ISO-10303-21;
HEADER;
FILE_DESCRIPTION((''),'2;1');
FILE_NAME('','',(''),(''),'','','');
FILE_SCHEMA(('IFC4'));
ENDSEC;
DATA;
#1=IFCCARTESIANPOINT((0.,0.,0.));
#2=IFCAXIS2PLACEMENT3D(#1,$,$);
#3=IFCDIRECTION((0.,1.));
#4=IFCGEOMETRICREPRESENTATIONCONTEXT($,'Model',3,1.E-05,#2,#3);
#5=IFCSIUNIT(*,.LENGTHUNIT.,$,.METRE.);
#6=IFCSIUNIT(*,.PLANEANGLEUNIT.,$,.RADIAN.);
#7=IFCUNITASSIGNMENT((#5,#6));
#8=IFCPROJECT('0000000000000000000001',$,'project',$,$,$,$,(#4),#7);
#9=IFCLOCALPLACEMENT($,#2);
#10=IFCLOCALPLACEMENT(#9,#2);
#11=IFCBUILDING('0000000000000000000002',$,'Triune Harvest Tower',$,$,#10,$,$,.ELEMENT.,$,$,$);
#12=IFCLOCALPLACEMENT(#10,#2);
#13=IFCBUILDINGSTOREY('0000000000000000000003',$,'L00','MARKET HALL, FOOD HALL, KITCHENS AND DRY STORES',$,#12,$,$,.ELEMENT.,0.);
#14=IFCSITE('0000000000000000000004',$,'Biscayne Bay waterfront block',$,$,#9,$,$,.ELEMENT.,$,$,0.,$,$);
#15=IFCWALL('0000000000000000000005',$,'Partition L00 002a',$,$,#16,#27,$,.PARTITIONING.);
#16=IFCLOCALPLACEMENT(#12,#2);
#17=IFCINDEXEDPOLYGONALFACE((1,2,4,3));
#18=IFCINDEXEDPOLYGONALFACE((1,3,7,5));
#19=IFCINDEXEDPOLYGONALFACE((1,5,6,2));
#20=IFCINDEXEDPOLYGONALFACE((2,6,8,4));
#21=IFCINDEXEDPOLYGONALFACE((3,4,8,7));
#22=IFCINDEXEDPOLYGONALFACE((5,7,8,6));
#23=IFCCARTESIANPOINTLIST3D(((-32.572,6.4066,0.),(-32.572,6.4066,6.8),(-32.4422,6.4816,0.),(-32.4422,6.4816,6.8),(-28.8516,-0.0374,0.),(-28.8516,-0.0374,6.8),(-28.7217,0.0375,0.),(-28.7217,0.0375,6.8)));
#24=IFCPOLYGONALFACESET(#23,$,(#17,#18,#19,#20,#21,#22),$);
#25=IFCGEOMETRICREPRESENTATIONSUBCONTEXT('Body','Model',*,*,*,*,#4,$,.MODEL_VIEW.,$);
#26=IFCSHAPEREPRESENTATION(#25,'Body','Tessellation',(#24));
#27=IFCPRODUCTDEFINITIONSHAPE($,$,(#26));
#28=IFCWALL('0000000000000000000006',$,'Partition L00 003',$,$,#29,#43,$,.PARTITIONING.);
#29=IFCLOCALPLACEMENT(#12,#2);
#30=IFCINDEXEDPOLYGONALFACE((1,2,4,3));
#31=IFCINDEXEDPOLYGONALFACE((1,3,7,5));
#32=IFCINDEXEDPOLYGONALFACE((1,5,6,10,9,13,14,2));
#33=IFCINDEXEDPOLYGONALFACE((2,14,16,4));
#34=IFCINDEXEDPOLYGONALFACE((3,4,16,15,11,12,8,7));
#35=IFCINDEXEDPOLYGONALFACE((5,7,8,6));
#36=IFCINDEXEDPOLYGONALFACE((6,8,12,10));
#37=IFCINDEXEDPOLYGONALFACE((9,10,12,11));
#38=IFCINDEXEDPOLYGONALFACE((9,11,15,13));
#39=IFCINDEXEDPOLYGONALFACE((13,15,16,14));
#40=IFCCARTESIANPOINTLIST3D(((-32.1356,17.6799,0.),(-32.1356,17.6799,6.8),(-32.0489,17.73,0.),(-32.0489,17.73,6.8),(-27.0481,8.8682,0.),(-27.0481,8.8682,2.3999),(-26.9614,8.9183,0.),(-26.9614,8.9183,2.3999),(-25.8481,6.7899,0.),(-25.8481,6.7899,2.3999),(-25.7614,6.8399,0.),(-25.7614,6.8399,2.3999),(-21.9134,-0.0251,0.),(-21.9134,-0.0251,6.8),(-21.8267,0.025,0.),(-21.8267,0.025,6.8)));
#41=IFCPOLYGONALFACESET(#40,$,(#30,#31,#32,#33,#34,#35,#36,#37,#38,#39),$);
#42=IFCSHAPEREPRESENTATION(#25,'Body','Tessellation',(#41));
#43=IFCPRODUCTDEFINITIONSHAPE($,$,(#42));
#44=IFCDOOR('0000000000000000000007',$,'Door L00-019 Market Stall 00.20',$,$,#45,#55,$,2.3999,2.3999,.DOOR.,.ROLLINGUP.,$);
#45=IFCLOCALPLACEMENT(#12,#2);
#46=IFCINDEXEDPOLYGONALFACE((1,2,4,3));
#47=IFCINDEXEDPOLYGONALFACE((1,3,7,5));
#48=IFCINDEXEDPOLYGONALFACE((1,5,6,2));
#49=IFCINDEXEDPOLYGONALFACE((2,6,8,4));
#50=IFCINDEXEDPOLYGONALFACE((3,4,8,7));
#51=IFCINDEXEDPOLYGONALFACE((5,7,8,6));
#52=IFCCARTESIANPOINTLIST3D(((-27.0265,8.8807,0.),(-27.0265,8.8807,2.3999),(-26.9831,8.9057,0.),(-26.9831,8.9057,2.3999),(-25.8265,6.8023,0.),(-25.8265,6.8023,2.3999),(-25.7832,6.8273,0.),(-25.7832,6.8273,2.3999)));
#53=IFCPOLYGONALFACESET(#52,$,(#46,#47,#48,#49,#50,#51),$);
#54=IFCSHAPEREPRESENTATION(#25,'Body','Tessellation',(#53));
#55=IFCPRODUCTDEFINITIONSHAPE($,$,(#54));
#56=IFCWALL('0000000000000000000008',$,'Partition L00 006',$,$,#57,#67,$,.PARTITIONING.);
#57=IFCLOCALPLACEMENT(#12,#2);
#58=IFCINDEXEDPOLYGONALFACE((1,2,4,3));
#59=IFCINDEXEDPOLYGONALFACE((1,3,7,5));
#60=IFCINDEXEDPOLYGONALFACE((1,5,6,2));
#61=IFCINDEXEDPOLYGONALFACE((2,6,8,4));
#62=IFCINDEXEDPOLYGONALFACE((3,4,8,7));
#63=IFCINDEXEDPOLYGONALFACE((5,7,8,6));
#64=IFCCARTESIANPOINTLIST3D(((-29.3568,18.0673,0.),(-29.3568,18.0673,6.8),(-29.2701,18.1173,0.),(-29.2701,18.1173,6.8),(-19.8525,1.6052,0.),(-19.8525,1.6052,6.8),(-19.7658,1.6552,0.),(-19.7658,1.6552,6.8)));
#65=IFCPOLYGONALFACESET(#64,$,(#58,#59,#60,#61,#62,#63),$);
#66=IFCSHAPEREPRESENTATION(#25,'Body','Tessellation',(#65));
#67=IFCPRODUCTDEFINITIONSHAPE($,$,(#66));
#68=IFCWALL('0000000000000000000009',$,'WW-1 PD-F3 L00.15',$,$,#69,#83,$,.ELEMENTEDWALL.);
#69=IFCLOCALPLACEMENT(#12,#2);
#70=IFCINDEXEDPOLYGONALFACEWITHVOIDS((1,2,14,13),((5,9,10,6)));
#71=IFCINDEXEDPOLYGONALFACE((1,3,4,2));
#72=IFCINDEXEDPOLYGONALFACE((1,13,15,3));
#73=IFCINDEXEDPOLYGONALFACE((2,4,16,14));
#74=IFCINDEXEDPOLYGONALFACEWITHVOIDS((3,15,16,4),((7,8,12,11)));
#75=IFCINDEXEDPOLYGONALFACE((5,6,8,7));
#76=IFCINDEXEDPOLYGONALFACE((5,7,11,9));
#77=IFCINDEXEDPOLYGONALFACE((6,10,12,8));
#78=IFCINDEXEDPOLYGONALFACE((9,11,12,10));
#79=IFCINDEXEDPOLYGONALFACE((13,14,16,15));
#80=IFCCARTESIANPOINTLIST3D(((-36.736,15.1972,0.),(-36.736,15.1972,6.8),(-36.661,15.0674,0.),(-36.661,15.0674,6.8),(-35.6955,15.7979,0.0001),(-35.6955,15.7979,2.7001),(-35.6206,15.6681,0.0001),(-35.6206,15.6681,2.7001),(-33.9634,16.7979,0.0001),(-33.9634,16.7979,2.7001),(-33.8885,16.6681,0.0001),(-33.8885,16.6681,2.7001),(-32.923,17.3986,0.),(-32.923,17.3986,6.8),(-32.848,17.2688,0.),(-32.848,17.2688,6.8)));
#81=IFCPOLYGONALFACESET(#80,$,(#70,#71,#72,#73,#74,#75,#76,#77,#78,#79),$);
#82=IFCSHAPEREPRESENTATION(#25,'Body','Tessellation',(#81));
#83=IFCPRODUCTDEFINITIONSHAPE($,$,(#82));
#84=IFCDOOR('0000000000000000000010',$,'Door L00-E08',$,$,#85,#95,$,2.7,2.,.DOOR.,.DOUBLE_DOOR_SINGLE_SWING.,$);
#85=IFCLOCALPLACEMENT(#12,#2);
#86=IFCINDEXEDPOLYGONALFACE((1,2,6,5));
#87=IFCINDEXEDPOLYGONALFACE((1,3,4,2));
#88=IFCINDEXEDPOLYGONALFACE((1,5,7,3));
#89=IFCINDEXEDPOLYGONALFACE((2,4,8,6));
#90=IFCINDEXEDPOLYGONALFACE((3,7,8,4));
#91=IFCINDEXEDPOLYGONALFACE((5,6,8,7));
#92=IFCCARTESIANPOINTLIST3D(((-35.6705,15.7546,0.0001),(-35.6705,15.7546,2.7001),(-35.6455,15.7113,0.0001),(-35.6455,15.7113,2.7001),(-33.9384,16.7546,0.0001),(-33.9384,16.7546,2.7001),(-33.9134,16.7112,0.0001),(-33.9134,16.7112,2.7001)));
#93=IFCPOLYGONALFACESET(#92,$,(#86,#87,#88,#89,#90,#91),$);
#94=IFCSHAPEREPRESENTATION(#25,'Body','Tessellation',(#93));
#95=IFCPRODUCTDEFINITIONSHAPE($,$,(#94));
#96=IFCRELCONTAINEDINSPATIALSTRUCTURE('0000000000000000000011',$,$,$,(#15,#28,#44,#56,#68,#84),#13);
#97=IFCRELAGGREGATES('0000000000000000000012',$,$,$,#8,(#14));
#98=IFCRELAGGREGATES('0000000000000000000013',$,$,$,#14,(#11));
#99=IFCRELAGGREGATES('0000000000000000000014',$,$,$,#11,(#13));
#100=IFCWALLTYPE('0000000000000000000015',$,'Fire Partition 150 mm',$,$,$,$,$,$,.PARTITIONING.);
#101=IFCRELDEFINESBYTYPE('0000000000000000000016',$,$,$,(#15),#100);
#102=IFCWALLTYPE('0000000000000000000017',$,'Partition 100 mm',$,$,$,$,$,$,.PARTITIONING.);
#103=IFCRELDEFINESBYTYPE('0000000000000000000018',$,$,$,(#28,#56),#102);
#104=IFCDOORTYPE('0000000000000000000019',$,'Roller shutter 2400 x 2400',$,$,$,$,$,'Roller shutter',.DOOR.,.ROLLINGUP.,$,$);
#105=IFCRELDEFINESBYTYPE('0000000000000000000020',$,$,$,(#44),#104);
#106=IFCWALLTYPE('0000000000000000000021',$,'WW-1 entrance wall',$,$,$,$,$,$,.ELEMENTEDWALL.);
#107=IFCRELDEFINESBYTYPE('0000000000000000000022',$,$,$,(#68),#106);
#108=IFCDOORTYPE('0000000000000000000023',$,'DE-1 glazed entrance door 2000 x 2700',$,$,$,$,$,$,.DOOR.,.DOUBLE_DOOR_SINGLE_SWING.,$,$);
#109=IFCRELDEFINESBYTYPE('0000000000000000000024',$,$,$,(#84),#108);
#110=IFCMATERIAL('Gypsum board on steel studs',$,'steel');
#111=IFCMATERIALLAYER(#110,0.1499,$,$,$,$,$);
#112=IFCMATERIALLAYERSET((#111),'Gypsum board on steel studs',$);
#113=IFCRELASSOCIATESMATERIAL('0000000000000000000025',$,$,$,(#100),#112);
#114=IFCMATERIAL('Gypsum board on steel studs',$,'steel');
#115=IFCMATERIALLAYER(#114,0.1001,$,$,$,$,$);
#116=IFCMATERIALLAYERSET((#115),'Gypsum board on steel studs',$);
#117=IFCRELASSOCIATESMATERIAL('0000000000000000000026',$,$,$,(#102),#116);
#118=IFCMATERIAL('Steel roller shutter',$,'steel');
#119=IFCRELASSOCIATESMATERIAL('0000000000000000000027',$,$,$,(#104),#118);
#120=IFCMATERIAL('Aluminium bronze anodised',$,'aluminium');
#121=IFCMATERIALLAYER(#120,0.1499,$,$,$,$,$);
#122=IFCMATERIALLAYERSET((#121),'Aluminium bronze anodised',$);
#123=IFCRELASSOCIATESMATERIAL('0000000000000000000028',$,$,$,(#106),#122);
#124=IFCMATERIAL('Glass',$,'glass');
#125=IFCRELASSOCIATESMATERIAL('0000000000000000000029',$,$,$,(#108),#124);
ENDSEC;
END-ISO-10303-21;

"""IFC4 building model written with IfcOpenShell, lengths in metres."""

from ifc_helpers import new_model, si_unit, direction, frame, frame_2d, origin, place, context, subcontext, project, spatial, rectangle, extrude, source, transform, mapped, material, layer, layer_set, type_object, element, fill, save


model = new_model("IFC4")

# Units and contexts
model_context = context("Model", 3, precision=1e-05, world=origin(), true_north=direction((0.0, 1.0)))
body_context = subcontext(model_context, "Body", "Model", "MODEL_VIEW")
ifc_project = project(units=[si_unit("LENGTHUNIT", "METRE"), si_unit("PLANEANGLEUNIT", "RADIAN")], contexts=[model_context])

# Site, building, storey
site_placement = place(None, origin())
site = spatial("IfcSite", under=ifc_project, at=site_placement, Name="Biscayne Bay waterfront block", CompositionType="ELEMENT", RefElevation=0.0)
building_placement = place(site_placement, origin())
building = spatial("IfcBuilding", under=site, at=building_placement, Name="Triune Harvest Tower", CompositionType="ELEMENT")
storey_placement = place(building_placement, origin())
storey = spatial("IfcBuildingStorey", under=building, at=storey_placement, Name="L00", Description="MARKET HALL, FOOD HALL, KITCHENS AND DRY STORES", CompositionType="ELEMENT", Elevation=0.0)

# Shared definitions
ifc_material_1 = material(Name="Gypsum board on steel studs", Category="steel")
ifc_layer_1 = layer(ifc_material_1, 0.1499)
ifc_layer_set_1 = layer_set([ifc_layer_1], Name="Gypsum board on steel studs")
wall_type_1 = type_object("IfcWallType", Name="Fire Partition 150 mm", PredefinedType="PARTITIONING", material=ifc_layer_set_1)

# Wall
wall_1_placement = place(storey_placement, frame((-32.5071, 6.4441, 0.0), z_axis=(0.0, 0.0, 1.0), x_axis=(0.499996, -0.866028, 0.0)))
element("IfcWall", 1, at=wall_1_placement, inside=storey, type_object=wall_type_1, Name="Partition L00 002a", PredefinedType="PARTITIONING", context=body_context, shape_type="SweptSolid", body=[
    extrude(rectangle(XDim=7.4409, YDim=0.1499, at=frame_2d((3.7205, 0.0))), origin(), (0.0, 0.0, 1.0), 6.8),
])

# Wall, opening, door
ifc_material_2 = material(Name="Gypsum board on steel studs", Category="steel")
ifc_layer_2 = layer(ifc_material_2, 0.1001)
ifc_layer_set_2 = layer_set([ifc_layer_2], Name="Gypsum board on steel studs")
wall_type_2 = type_object("IfcWallType", Name="Partition 100 mm", PredefinedType="PARTITIONING", material=ifc_layer_set_2)
wall_2_placement = place(storey_placement, frame((-32.0923, 17.7051, 0.0), z_axis=(0.0, 0.0, 1.0), x_axis=(0.500005, -0.866023, 0.0)))
wall_2 = element("IfcWall", 2, at=wall_2_placement, inside=storey, type_object=wall_type_2, Name="Partition L00 003", PredefinedType="PARTITIONING", context=body_context, shape_type="SweptSolid", body=[
    extrude(rectangle(XDim=20.4441, YDim=0.1001, at=frame_2d((10.2222, 0.0))), origin(), (0.0, 0.0, 1.0), 6.8),
])
opening_1_placement = place(wall_2_placement, frame((10.175, 0.0, 0.0)))
opening_1 = element("IfcOpeningElement", 3, at=opening_1_placement, cuts=wall_2, PredefinedType="OPENING", context=body_context, shape_type="SweptSolid", body=[
    extrude(rectangle(XDim=2.3999, YDim=2.3999, at=frame_2d((1.2, 1.2))), frame((0.0, 0.0601, 0.0), z_axis=(0.0, -1.0, 0.0), x_axis=(1.0, 0.0, 0.0)), (0.0, 0.0, 1.0), 0.1201),
])
ifc_material_3 = material(Name="Steel roller shutter", Category="steel")
door_type_1 = type_object("IfcDoorType", Name="Roller shutter 2400 x 2400", ElementType="Roller shutter", OperationType="ROLLINGUP", PredefinedType="DOOR", material=ifc_material_3)
door_1_placement = place(opening_1_placement, origin())
door_1 = element("IfcDoor", 4, at=door_1_placement, inside=storey, type_object=door_type_1, Name="Door L00-019 Market Stall 00.20", OperationType="ROLLINGUP", OverallHeight=2.3999, OverallWidth=2.3999, PredefinedType="DOOR", context=body_context, shape_type="SweptSolid", body=[
    extrude(rectangle(XDim=2.3999, YDim=2.3999, at=frame_2d((1.2, 1.2))), frame((0.0, 0.0249, 0.0), z_axis=(0.0, -1.0, 0.0), x_axis=(1.0, 0.0, 0.0)), (0.0, 0.0, 1.0), 0.05),
])
fill(opening_1, door_1)

# Wall
wall_3_placement = place(storey_placement, frame((-29.3135, 18.0923, 0.0), z_axis=(0.0, 0.0, 1.0), x_axis=(0.499999, -0.866026, 0.0)))
element("IfcWall", 5, at=wall_3_placement, inside=storey, type_object=wall_type_2, Name="Partition L00 006", PredefinedType="PARTITIONING", context=body_context, shape_type="SweptSolid", body=[
    extrude(rectangle(XDim=19.0088, YDim=0.1001, at=frame_2d((9.5044, 0.0))), origin(), (0.0, 0.0, 1.0), 6.8),
])

# Wall, opening, door
ifc_material_4 = material(Name="Aluminium bronze anodised", Category="aluminium")
ifc_layer_3 = layer(ifc_material_4, 0.1499)
ifc_layer_set_3 = layer_set([ifc_layer_3], Name="Aluminium bronze anodised")
wall_type_3 = type_object("IfcWallType", Name="WW-1 entrance wall", PredefinedType="ELEMENTEDWALL", material=ifc_layer_set_3)
shared_shape_1 = source(origin(), body_context, "Body", "SweptSolid", [
    extrude(rectangle(XDim=4.4028, YDim=0.1499, at=frame_2d((2.2014, 0.0))), origin(), (0.0, 0.0, 1.0), 6.8),
])
wall_4_placement = place(storey_placement, frame((-36.6985, 15.1323, 0.0), z_axis=(0.0, 0.0, 1.0), x_axis=(0.866027, 0.499998, 0.0)))
wall_4 = element("IfcWall", 6, at=wall_4_placement, inside=storey, type_object=wall_type_3, Name="WW-1 PD-F3 L00.15", PredefinedType="ELEMENTEDWALL", context=body_context, shape_type="MappedRepresentation", body=[
    mapped(shared_shape_1, transform((0.0, 0.0, 0.0), scale=1.0)),
])
opening_2_placement = place(wall_4_placement, frame((1.2014, 0.0, 0.0)))
opening_2 = element("IfcOpeningElement", 7, at=opening_2_placement, cuts=wall_4, PredefinedType="OPENING", context=body_context, shape_type="SweptSolid", body=[
    extrude(rectangle(XDim=2.0, YDim=2.7, at=frame_2d((1.0, 1.3501))), frame((0.0, 0.085, 0.0), z_axis=(0.0, -1.0, 0.0), x_axis=(1.0, 0.0, 0.0)), (0.0, 0.0, 1.0), 0.1699),
])
ifc_material_5 = material(Name="Glass", Category="glass")
door_type_2 = type_object("IfcDoorType", Name="DE-1 glazed entrance door 2000 x 2700", OperationType="DOUBLE_DOOR_SINGLE_SWING", PredefinedType="DOOR", material=ifc_material_5)
door_2_placement = place(opening_2_placement, origin())
door_2 = element("IfcDoor", 8, at=door_2_placement, inside=storey, type_object=door_type_2, Name="Door L00-E08", OperationType="DOUBLE_DOOR_SINGLE_SWING", OverallHeight=2.7, OverallWidth=2.0, PredefinedType="DOOR", context=body_context, shape_type="SweptSolid", body=[
    extrude(rectangle(XDim=2.0, YDim=2.7, at=frame_2d((1.0, 1.3501))), frame((0.0, 0.0249, 0.0), z_axis=(0.0, -1.0, 0.0), x_axis=(1.0, 0.0, 0.0)), (0.0, 0.0, 1.0), 0.05),
])
fill(opening_2, door_2)

save(model, "model.ifc")
